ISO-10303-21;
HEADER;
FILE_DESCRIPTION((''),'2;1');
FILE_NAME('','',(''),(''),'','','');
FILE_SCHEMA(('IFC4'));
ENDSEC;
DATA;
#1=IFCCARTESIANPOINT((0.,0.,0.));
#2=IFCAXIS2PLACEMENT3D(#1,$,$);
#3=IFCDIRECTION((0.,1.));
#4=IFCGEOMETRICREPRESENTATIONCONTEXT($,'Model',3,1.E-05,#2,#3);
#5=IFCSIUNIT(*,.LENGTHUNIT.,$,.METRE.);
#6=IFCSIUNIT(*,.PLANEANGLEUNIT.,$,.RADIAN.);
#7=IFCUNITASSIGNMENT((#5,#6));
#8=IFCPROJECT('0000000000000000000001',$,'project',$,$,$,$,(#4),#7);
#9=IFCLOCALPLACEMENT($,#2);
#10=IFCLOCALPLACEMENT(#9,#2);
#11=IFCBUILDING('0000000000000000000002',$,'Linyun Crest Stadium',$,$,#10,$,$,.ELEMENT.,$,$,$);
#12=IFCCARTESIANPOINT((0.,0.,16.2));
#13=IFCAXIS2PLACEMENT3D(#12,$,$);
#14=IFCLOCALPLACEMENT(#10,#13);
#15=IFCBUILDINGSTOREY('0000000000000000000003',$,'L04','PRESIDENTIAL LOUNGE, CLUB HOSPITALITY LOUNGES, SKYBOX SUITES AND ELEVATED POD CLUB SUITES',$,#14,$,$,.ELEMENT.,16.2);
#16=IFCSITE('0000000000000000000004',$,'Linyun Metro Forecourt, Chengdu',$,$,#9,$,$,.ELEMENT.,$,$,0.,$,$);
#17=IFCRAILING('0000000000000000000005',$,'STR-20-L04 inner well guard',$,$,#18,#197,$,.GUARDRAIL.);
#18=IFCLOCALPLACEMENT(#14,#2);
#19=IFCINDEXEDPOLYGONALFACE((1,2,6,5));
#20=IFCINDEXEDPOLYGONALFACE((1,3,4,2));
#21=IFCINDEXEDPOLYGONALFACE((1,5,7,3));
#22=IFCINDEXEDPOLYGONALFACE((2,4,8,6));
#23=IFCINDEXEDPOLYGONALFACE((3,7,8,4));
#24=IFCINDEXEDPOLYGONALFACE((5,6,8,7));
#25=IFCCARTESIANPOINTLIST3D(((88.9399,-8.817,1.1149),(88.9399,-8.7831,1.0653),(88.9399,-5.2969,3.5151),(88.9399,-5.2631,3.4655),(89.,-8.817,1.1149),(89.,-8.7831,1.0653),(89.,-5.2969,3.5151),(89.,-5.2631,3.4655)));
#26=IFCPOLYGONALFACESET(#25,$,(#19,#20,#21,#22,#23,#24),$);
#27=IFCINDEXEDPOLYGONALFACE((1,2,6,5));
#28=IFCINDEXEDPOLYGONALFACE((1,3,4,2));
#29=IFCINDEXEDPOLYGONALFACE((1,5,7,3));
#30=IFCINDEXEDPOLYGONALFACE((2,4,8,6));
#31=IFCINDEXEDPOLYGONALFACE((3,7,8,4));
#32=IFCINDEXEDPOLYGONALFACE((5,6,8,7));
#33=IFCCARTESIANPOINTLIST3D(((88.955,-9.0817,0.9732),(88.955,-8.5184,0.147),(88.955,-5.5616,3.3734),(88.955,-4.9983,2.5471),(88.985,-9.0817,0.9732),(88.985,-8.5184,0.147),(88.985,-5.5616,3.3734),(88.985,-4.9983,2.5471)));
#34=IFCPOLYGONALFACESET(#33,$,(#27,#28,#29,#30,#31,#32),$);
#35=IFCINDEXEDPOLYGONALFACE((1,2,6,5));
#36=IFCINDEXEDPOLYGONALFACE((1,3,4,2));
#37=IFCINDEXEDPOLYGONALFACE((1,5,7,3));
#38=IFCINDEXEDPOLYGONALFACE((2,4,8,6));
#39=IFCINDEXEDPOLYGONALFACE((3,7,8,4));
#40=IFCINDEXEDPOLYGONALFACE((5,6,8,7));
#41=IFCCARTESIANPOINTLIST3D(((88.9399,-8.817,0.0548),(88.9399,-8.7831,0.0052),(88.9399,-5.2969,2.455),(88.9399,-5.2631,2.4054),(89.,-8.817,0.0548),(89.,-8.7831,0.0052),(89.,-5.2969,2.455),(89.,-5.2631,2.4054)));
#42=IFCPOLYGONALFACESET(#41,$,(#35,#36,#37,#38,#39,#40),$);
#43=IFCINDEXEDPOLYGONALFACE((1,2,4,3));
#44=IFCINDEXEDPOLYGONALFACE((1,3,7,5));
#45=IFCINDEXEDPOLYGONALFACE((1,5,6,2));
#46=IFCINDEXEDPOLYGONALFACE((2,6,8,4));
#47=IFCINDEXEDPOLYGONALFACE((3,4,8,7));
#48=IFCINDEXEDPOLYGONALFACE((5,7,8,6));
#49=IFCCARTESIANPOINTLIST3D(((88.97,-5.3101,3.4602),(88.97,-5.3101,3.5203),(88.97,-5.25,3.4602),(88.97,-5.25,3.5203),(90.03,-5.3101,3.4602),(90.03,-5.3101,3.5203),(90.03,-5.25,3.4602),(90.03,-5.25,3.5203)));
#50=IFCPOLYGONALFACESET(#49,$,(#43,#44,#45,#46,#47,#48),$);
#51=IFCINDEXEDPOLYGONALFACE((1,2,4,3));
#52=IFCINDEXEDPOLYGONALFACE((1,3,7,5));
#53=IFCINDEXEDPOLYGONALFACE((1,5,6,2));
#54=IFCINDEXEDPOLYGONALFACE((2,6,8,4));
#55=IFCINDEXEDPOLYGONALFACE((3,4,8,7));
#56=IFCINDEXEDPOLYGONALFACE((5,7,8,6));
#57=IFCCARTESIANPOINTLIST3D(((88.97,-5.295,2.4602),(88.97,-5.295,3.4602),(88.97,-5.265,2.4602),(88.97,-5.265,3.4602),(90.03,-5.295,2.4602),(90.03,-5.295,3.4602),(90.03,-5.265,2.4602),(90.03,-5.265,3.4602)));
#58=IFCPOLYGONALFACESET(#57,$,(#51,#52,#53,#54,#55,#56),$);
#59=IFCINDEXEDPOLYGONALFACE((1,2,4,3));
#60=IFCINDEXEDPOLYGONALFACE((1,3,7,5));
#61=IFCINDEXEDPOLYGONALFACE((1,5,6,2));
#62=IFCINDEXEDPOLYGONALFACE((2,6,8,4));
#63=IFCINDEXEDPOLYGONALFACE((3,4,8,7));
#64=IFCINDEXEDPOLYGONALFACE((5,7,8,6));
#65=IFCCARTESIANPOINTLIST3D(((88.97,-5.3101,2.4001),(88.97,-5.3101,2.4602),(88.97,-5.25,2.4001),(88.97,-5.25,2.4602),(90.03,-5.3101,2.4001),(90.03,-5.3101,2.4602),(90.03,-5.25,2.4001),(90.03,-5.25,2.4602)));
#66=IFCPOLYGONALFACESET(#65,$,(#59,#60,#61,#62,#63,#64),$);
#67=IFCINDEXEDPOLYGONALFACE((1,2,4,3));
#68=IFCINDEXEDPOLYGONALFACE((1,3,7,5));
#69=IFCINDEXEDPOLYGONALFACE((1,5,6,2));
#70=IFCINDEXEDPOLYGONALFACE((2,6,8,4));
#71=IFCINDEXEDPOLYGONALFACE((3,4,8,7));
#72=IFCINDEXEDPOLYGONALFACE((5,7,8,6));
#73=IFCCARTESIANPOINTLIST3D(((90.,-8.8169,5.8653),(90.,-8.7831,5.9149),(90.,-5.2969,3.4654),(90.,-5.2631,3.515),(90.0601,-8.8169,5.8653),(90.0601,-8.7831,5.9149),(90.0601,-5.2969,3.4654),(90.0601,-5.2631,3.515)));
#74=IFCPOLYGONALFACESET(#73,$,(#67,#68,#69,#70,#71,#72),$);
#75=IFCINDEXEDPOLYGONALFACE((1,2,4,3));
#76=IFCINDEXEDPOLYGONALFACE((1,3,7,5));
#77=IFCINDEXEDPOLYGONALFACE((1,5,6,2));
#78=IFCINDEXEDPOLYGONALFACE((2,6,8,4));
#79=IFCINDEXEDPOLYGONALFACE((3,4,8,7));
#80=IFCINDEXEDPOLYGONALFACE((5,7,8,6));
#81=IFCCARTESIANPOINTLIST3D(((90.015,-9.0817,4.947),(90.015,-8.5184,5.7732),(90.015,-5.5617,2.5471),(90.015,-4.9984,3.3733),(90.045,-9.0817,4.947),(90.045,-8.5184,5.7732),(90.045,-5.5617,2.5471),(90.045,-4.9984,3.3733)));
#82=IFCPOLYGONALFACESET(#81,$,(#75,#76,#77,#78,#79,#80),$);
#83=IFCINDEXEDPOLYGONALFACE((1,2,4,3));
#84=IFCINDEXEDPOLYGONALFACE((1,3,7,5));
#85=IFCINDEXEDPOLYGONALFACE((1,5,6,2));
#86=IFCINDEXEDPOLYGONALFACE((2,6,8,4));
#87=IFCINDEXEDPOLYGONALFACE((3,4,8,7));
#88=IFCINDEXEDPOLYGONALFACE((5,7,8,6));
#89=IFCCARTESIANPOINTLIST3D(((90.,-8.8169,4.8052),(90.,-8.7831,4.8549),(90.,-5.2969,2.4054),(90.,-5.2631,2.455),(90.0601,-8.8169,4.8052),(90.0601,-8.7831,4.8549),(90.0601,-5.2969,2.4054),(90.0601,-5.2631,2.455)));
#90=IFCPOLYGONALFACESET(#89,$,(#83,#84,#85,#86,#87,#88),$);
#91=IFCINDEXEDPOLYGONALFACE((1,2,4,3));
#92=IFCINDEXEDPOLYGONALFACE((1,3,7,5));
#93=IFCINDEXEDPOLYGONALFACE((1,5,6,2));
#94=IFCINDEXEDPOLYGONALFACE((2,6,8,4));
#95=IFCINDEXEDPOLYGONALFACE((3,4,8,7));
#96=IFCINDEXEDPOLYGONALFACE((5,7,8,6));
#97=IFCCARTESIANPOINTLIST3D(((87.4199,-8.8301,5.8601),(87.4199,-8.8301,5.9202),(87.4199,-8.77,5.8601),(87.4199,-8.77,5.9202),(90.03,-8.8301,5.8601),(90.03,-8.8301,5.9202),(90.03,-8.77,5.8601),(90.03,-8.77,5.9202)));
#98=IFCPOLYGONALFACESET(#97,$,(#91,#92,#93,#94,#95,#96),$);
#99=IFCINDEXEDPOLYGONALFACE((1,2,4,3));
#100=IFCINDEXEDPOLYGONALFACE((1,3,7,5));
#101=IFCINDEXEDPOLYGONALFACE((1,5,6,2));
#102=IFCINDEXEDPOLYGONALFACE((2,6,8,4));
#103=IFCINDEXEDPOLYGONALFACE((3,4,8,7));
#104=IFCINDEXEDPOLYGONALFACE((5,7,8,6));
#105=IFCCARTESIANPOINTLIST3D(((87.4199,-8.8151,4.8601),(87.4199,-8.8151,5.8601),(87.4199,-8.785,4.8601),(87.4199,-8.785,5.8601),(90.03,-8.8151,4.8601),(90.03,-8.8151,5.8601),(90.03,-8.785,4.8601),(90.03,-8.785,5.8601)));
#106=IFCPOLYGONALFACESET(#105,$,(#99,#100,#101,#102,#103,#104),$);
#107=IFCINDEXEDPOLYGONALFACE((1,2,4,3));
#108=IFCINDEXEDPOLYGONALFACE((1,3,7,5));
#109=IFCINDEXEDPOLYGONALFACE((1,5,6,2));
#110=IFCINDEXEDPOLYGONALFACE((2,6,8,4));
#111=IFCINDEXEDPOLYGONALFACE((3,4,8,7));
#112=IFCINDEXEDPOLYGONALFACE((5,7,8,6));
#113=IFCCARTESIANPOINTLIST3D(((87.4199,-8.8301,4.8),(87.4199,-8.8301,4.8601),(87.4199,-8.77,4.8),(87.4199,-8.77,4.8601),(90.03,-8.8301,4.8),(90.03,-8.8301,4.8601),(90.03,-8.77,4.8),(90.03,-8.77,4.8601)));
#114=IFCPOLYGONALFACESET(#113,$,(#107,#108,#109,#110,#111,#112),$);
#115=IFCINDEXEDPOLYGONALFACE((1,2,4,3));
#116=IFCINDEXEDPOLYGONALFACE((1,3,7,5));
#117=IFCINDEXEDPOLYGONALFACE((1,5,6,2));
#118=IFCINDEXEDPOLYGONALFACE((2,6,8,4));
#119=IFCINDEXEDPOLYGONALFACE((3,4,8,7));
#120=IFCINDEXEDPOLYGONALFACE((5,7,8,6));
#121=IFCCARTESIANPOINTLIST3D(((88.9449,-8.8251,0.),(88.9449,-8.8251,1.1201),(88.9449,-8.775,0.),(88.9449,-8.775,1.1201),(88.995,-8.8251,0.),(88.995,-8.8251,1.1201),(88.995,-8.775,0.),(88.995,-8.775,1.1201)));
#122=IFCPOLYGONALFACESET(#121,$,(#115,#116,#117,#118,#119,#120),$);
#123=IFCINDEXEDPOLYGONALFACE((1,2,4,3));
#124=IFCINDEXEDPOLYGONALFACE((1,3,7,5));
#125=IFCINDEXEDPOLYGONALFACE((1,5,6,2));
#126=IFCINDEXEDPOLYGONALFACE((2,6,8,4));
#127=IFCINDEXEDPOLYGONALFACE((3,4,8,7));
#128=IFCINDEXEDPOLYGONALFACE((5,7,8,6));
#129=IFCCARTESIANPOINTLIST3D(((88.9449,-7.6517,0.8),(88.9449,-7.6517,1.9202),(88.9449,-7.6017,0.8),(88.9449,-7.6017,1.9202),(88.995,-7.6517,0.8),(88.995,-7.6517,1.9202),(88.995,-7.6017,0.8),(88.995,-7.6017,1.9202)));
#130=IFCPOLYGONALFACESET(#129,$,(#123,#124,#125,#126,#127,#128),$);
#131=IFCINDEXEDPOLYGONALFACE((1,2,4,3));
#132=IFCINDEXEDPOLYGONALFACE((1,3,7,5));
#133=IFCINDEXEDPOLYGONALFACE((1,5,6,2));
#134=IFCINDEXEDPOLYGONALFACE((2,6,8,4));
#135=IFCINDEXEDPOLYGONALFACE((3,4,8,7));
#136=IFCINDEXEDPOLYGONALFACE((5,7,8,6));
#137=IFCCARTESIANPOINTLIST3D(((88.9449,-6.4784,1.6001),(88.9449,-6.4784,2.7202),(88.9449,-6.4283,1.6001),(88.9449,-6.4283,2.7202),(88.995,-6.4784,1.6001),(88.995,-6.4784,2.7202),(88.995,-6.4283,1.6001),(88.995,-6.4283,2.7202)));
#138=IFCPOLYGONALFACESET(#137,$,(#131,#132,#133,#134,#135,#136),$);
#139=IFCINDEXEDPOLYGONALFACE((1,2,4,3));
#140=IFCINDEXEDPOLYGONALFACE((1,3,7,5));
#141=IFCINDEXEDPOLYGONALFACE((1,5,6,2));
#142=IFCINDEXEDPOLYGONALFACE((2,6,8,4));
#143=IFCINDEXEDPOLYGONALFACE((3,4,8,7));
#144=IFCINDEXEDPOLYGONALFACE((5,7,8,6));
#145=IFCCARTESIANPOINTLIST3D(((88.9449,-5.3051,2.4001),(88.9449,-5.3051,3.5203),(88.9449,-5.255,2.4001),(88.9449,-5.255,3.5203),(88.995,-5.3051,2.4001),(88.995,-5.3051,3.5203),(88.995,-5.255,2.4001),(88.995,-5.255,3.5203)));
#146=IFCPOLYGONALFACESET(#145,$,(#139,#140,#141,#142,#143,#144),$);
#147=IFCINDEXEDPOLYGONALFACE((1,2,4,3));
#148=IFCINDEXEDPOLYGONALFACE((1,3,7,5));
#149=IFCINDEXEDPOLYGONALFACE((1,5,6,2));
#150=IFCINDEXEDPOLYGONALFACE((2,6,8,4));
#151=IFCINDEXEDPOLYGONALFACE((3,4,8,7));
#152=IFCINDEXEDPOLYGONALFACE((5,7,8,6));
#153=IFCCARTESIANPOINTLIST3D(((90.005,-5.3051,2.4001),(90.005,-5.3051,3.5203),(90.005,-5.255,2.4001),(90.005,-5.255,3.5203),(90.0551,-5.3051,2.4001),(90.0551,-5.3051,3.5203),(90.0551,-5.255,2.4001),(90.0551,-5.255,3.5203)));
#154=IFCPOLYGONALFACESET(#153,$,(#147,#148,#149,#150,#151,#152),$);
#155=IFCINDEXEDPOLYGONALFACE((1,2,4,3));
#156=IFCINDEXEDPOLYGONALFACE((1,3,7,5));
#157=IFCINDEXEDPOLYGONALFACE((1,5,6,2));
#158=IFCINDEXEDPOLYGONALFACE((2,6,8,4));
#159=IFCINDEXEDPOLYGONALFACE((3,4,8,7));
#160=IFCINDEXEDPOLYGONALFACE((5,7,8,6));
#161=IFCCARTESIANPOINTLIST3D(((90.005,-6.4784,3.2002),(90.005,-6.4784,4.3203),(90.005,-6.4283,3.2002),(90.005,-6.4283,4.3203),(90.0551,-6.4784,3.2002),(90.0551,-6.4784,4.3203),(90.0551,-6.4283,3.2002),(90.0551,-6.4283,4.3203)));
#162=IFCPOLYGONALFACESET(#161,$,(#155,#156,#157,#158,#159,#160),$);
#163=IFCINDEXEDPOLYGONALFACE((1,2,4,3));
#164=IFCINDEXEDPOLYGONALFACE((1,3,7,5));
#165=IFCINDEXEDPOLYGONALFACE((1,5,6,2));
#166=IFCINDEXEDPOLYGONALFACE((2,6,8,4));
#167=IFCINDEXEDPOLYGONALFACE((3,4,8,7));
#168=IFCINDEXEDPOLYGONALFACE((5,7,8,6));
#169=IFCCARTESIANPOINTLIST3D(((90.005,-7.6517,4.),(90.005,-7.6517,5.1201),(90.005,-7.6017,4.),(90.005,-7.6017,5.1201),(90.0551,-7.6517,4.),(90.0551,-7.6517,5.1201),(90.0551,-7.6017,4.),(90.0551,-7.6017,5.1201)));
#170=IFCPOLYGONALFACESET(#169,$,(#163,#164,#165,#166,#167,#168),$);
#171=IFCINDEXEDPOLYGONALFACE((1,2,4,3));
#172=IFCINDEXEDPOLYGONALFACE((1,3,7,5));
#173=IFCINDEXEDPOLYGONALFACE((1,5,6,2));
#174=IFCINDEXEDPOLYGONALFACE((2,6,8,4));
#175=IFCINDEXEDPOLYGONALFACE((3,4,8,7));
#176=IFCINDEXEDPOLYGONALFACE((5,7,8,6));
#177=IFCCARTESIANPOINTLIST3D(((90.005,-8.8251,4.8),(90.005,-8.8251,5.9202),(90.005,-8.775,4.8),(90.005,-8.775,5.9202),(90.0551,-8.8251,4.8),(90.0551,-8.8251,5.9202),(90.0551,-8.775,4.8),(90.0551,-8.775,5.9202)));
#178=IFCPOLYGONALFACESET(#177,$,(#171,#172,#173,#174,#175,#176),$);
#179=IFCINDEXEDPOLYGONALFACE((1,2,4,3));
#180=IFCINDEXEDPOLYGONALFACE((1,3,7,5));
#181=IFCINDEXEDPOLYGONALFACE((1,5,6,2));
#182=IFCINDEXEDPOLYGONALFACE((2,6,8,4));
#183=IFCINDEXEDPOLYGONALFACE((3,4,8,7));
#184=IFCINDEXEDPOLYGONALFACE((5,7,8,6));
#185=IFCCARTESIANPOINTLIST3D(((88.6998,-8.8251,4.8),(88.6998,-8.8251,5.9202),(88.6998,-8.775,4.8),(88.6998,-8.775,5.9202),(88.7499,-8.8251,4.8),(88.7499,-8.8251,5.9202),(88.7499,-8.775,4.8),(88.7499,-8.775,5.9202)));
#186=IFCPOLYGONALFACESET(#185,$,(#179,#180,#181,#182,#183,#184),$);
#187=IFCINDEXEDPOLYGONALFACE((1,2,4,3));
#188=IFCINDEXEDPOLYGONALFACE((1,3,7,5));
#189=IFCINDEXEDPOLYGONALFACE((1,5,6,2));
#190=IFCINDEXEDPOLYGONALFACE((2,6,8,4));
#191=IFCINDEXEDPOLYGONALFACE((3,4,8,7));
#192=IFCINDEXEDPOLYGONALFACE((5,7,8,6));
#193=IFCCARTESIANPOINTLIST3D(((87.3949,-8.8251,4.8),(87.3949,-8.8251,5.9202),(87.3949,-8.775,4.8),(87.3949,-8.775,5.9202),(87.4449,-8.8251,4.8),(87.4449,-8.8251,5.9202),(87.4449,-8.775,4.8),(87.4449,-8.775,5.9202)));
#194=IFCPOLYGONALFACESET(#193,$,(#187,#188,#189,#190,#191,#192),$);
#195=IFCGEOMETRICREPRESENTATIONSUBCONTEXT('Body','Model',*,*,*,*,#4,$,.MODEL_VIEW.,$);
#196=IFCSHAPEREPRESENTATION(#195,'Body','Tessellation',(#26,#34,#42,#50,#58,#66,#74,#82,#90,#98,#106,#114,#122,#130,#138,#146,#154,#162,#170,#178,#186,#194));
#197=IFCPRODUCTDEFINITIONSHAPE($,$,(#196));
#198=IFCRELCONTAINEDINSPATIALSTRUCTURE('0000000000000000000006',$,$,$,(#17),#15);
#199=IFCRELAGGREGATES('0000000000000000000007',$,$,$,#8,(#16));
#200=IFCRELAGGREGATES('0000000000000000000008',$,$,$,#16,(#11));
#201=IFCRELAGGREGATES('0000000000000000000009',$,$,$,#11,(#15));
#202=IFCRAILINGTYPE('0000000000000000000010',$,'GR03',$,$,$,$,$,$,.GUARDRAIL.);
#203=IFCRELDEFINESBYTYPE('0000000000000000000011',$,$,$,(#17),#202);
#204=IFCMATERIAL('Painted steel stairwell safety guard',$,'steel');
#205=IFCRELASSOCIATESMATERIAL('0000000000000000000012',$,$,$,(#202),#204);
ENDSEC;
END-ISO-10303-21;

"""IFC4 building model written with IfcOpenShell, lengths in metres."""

from ifc_helpers import new_model, si_unit, direction, frame, origin, origin_2d, place, context, subcontext, project, spatial, rectangle, extrude, material, type_object, element, save


model = new_model("IFC4")

# Units and contexts
model_context = context("Model", 3, precision=1e-05, world=origin(), true_north=direction((0.0, 1.0)))
body_context = subcontext(model_context, "Body", "Model", "MODEL_VIEW")
ifc_project = project(units=[si_unit("LENGTHUNIT", "METRE"), si_unit("PLANEANGLEUNIT", "RADIAN")], contexts=[model_context])

# Site, building, storey
site_placement = place(None, origin())
site = spatial("IfcSite", under=ifc_project, at=site_placement, Name="Linyun Metro Forecourt, Chengdu", CompositionType="ELEMENT", RefElevation=0.0)
building_placement = place(site_placement, origin())
building = spatial("IfcBuilding", under=site, at=building_placement, Name="Linyun Crest Stadium", CompositionType="ELEMENT")
storey_placement = place(building_placement, frame((0.0, 0.0, 16.2)))
storey = spatial("IfcBuildingStorey", under=building, at=storey_placement, Name="L04", Description="PRESIDENTIAL LOUNGE, CLUB HOSPITALITY LOUNGES, SKYBOX SUITES AND ELEVATED POD CLUB SUITES", CompositionType="ELEMENT", Elevation=16.2)

# Railing
ifc_material_1 = material(Name="Painted steel stairwell safety guard", Category="steel")
railing_type_1 = type_object("IfcRailingType", Name="GR03", PredefinedType="GUARDRAIL", material=ifc_material_1)
railing_1_placement = place(storey_placement, frame((88.97, -8.8, 0.0)))
element("IfcRailing", 1, at=railing_1_placement, inside=storey, type_object=railing_type_1, Name="STR-20-L04 inner well guard", PredefinedType="GUARDRAIL", context=body_context, shape_type="SweptSolid", body=[
    extrude(rectangle(XDim=0.0601, YDim=0.0601, at=origin_2d()), frame((0.0, 0.0, 1.0901), z_axis=(0.0, 0.826213, 0.563358), x_axis=(-1.0, 0.0, 0.0)), (0.0, 0.0, 1.0), 4.2605),
    extrude(rectangle(XDim=0.03, YDim=1.0, at=origin_2d()), frame((0.0, 0.0, 0.5601), z_axis=(0.0, 0.826213, 0.563358), x_axis=(-1.0, 0.0, 0.0)), (0.0, 0.0, 1.0), 4.2605),
    extrude(rectangle(XDim=0.0601, YDim=0.0601, at=origin_2d()), frame((0.0, 0.0, 0.03), z_axis=(0.0, 0.826213, 0.563358), x_axis=(-1.0, 0.0, 0.0)), (0.0, 0.0, 1.0), 4.2605),
    extrude(rectangle(XDim=0.0601, YDim=0.0601, at=origin_2d()), frame((0.0, 3.52, 3.4902), z_axis=(1.0, 0.0, 0.0), x_axis=(0.0, 1.0, 0.0)), (0.0, 0.0, 1.0), 1.0601),
    extrude(rectangle(XDim=0.03, YDim=1.0, at=origin_2d()), frame((0.0, 3.52, 2.9602), z_axis=(1.0, 0.0, 0.0), x_axis=(0.0, 1.0, 0.0)), (0.0, 0.0, 1.0), 1.0601),
    extrude(rectangle(XDim=0.0601, YDim=0.0601, at=origin_2d()), frame((0.0, 3.52, 2.4302), z_axis=(1.0, 0.0, 0.0), x_axis=(0.0, 1.0, 0.0)), (0.0, 0.0, 1.0), 1.0601),
    extrude(rectangle(XDim=0.0601, YDim=0.0601, at=origin_2d()), frame((1.0601, 3.52, 3.4902), z_axis=(0.0, -0.826239, 0.563319), x_axis=(1.0, 0.0, 0.0)), (0.0, 0.0, 1.0), 4.2603),
    extrude(rectangle(XDim=0.03, YDim=1.0, at=origin_2d()), frame((1.0601, 3.52, 2.9602), z_axis=(0.0, -0.826239, 0.563319), x_axis=(1.0, 0.0, 0.0)), (0.0, 0.0, 1.0), 4.2603),
    extrude(rectangle(XDim=0.0601, YDim=0.0601, at=origin_2d()), frame((1.0601, 3.52, 2.4302), z_axis=(0.0, -0.826239, 0.563319), x_axis=(1.0, 0.0, 0.0)), (0.0, 0.0, 1.0), 4.2603),
    extrude(rectangle(XDim=0.0601, YDim=0.0601, at=origin_2d()), frame((1.0601, 0.0, 5.8901), z_axis=(-1.0, 0.0, 0.0), x_axis=(0.0, -1.0, 0.0)), (0.0, 0.0, 1.0), 2.6101),
    extrude(rectangle(XDim=0.03, YDim=1.0, at=origin_2d()), frame((1.0601, 0.0, 5.3601), z_axis=(-1.0, 0.0, 0.0), x_axis=(0.0, -1.0, 0.0)), (0.0, 0.0, 1.0), 2.6101),
    extrude(rectangle(XDim=0.0601, YDim=0.0601, at=origin_2d()), frame((1.0601, 0.0, 4.8301), z_axis=(-1.0, 0.0, 0.0), x_axis=(0.0, -1.0, 0.0)), (0.0, 0.0, 1.0), 2.6101),
    extrude(rectangle(XDim=0.05, YDim=0.05, at=origin_2d()), origin(), (0.0, 0.0, 1.0), 1.1201),
    extrude(rectangle(XDim=0.05, YDim=0.05, at=origin_2d()), frame((0.0, 1.1733, 0.8)), (0.0, 0.0, 1.0), 1.1201),
    extrude(rectangle(XDim=0.05, YDim=0.05, at=origin_2d()), frame((0.0, 2.3467, 1.6001)), (0.0, 0.0, 1.0), 1.1201),
    extrude(rectangle(XDim=0.05, YDim=0.05, at=origin_2d()), frame((0.0, 3.52, 2.4001)), (0.0, 0.0, 1.0), 1.1201),
    extrude(rectangle(XDim=0.05, YDim=0.05, at=origin_2d()), frame((1.0601, 3.52, 2.4001)), (0.0, 0.0, 1.0), 1.1201),
    extrude(rectangle(XDim=0.05, YDim=0.05, at=origin_2d()), frame((1.0601, 2.3467, 3.2002)), (0.0, 0.0, 1.0), 1.1201),
    extrude(rectangle(XDim=0.05, YDim=0.05, at=origin_2d()), frame((1.0601, 1.1733, 4.0)), (0.0, 0.0, 1.0), 1.1201),
    extrude(rectangle(XDim=0.05, YDim=0.05, at=origin_2d()), frame((1.0601, 0.0, 4.8)), (0.0, 0.0, 1.0), 1.1201),
    extrude(rectangle(XDim=0.05, YDim=0.05, at=origin_2d()), frame((-0.2451, 0.0, 4.8)), (0.0, 0.0, 1.0), 1.1201),
    extrude(rectangle(XDim=0.05, YDim=0.05, at=origin_2d()), frame((-1.55, 0.0, 4.8)), (0.0, 0.0, 1.0), 1.1201),
])

save(model, "model.ifc")
